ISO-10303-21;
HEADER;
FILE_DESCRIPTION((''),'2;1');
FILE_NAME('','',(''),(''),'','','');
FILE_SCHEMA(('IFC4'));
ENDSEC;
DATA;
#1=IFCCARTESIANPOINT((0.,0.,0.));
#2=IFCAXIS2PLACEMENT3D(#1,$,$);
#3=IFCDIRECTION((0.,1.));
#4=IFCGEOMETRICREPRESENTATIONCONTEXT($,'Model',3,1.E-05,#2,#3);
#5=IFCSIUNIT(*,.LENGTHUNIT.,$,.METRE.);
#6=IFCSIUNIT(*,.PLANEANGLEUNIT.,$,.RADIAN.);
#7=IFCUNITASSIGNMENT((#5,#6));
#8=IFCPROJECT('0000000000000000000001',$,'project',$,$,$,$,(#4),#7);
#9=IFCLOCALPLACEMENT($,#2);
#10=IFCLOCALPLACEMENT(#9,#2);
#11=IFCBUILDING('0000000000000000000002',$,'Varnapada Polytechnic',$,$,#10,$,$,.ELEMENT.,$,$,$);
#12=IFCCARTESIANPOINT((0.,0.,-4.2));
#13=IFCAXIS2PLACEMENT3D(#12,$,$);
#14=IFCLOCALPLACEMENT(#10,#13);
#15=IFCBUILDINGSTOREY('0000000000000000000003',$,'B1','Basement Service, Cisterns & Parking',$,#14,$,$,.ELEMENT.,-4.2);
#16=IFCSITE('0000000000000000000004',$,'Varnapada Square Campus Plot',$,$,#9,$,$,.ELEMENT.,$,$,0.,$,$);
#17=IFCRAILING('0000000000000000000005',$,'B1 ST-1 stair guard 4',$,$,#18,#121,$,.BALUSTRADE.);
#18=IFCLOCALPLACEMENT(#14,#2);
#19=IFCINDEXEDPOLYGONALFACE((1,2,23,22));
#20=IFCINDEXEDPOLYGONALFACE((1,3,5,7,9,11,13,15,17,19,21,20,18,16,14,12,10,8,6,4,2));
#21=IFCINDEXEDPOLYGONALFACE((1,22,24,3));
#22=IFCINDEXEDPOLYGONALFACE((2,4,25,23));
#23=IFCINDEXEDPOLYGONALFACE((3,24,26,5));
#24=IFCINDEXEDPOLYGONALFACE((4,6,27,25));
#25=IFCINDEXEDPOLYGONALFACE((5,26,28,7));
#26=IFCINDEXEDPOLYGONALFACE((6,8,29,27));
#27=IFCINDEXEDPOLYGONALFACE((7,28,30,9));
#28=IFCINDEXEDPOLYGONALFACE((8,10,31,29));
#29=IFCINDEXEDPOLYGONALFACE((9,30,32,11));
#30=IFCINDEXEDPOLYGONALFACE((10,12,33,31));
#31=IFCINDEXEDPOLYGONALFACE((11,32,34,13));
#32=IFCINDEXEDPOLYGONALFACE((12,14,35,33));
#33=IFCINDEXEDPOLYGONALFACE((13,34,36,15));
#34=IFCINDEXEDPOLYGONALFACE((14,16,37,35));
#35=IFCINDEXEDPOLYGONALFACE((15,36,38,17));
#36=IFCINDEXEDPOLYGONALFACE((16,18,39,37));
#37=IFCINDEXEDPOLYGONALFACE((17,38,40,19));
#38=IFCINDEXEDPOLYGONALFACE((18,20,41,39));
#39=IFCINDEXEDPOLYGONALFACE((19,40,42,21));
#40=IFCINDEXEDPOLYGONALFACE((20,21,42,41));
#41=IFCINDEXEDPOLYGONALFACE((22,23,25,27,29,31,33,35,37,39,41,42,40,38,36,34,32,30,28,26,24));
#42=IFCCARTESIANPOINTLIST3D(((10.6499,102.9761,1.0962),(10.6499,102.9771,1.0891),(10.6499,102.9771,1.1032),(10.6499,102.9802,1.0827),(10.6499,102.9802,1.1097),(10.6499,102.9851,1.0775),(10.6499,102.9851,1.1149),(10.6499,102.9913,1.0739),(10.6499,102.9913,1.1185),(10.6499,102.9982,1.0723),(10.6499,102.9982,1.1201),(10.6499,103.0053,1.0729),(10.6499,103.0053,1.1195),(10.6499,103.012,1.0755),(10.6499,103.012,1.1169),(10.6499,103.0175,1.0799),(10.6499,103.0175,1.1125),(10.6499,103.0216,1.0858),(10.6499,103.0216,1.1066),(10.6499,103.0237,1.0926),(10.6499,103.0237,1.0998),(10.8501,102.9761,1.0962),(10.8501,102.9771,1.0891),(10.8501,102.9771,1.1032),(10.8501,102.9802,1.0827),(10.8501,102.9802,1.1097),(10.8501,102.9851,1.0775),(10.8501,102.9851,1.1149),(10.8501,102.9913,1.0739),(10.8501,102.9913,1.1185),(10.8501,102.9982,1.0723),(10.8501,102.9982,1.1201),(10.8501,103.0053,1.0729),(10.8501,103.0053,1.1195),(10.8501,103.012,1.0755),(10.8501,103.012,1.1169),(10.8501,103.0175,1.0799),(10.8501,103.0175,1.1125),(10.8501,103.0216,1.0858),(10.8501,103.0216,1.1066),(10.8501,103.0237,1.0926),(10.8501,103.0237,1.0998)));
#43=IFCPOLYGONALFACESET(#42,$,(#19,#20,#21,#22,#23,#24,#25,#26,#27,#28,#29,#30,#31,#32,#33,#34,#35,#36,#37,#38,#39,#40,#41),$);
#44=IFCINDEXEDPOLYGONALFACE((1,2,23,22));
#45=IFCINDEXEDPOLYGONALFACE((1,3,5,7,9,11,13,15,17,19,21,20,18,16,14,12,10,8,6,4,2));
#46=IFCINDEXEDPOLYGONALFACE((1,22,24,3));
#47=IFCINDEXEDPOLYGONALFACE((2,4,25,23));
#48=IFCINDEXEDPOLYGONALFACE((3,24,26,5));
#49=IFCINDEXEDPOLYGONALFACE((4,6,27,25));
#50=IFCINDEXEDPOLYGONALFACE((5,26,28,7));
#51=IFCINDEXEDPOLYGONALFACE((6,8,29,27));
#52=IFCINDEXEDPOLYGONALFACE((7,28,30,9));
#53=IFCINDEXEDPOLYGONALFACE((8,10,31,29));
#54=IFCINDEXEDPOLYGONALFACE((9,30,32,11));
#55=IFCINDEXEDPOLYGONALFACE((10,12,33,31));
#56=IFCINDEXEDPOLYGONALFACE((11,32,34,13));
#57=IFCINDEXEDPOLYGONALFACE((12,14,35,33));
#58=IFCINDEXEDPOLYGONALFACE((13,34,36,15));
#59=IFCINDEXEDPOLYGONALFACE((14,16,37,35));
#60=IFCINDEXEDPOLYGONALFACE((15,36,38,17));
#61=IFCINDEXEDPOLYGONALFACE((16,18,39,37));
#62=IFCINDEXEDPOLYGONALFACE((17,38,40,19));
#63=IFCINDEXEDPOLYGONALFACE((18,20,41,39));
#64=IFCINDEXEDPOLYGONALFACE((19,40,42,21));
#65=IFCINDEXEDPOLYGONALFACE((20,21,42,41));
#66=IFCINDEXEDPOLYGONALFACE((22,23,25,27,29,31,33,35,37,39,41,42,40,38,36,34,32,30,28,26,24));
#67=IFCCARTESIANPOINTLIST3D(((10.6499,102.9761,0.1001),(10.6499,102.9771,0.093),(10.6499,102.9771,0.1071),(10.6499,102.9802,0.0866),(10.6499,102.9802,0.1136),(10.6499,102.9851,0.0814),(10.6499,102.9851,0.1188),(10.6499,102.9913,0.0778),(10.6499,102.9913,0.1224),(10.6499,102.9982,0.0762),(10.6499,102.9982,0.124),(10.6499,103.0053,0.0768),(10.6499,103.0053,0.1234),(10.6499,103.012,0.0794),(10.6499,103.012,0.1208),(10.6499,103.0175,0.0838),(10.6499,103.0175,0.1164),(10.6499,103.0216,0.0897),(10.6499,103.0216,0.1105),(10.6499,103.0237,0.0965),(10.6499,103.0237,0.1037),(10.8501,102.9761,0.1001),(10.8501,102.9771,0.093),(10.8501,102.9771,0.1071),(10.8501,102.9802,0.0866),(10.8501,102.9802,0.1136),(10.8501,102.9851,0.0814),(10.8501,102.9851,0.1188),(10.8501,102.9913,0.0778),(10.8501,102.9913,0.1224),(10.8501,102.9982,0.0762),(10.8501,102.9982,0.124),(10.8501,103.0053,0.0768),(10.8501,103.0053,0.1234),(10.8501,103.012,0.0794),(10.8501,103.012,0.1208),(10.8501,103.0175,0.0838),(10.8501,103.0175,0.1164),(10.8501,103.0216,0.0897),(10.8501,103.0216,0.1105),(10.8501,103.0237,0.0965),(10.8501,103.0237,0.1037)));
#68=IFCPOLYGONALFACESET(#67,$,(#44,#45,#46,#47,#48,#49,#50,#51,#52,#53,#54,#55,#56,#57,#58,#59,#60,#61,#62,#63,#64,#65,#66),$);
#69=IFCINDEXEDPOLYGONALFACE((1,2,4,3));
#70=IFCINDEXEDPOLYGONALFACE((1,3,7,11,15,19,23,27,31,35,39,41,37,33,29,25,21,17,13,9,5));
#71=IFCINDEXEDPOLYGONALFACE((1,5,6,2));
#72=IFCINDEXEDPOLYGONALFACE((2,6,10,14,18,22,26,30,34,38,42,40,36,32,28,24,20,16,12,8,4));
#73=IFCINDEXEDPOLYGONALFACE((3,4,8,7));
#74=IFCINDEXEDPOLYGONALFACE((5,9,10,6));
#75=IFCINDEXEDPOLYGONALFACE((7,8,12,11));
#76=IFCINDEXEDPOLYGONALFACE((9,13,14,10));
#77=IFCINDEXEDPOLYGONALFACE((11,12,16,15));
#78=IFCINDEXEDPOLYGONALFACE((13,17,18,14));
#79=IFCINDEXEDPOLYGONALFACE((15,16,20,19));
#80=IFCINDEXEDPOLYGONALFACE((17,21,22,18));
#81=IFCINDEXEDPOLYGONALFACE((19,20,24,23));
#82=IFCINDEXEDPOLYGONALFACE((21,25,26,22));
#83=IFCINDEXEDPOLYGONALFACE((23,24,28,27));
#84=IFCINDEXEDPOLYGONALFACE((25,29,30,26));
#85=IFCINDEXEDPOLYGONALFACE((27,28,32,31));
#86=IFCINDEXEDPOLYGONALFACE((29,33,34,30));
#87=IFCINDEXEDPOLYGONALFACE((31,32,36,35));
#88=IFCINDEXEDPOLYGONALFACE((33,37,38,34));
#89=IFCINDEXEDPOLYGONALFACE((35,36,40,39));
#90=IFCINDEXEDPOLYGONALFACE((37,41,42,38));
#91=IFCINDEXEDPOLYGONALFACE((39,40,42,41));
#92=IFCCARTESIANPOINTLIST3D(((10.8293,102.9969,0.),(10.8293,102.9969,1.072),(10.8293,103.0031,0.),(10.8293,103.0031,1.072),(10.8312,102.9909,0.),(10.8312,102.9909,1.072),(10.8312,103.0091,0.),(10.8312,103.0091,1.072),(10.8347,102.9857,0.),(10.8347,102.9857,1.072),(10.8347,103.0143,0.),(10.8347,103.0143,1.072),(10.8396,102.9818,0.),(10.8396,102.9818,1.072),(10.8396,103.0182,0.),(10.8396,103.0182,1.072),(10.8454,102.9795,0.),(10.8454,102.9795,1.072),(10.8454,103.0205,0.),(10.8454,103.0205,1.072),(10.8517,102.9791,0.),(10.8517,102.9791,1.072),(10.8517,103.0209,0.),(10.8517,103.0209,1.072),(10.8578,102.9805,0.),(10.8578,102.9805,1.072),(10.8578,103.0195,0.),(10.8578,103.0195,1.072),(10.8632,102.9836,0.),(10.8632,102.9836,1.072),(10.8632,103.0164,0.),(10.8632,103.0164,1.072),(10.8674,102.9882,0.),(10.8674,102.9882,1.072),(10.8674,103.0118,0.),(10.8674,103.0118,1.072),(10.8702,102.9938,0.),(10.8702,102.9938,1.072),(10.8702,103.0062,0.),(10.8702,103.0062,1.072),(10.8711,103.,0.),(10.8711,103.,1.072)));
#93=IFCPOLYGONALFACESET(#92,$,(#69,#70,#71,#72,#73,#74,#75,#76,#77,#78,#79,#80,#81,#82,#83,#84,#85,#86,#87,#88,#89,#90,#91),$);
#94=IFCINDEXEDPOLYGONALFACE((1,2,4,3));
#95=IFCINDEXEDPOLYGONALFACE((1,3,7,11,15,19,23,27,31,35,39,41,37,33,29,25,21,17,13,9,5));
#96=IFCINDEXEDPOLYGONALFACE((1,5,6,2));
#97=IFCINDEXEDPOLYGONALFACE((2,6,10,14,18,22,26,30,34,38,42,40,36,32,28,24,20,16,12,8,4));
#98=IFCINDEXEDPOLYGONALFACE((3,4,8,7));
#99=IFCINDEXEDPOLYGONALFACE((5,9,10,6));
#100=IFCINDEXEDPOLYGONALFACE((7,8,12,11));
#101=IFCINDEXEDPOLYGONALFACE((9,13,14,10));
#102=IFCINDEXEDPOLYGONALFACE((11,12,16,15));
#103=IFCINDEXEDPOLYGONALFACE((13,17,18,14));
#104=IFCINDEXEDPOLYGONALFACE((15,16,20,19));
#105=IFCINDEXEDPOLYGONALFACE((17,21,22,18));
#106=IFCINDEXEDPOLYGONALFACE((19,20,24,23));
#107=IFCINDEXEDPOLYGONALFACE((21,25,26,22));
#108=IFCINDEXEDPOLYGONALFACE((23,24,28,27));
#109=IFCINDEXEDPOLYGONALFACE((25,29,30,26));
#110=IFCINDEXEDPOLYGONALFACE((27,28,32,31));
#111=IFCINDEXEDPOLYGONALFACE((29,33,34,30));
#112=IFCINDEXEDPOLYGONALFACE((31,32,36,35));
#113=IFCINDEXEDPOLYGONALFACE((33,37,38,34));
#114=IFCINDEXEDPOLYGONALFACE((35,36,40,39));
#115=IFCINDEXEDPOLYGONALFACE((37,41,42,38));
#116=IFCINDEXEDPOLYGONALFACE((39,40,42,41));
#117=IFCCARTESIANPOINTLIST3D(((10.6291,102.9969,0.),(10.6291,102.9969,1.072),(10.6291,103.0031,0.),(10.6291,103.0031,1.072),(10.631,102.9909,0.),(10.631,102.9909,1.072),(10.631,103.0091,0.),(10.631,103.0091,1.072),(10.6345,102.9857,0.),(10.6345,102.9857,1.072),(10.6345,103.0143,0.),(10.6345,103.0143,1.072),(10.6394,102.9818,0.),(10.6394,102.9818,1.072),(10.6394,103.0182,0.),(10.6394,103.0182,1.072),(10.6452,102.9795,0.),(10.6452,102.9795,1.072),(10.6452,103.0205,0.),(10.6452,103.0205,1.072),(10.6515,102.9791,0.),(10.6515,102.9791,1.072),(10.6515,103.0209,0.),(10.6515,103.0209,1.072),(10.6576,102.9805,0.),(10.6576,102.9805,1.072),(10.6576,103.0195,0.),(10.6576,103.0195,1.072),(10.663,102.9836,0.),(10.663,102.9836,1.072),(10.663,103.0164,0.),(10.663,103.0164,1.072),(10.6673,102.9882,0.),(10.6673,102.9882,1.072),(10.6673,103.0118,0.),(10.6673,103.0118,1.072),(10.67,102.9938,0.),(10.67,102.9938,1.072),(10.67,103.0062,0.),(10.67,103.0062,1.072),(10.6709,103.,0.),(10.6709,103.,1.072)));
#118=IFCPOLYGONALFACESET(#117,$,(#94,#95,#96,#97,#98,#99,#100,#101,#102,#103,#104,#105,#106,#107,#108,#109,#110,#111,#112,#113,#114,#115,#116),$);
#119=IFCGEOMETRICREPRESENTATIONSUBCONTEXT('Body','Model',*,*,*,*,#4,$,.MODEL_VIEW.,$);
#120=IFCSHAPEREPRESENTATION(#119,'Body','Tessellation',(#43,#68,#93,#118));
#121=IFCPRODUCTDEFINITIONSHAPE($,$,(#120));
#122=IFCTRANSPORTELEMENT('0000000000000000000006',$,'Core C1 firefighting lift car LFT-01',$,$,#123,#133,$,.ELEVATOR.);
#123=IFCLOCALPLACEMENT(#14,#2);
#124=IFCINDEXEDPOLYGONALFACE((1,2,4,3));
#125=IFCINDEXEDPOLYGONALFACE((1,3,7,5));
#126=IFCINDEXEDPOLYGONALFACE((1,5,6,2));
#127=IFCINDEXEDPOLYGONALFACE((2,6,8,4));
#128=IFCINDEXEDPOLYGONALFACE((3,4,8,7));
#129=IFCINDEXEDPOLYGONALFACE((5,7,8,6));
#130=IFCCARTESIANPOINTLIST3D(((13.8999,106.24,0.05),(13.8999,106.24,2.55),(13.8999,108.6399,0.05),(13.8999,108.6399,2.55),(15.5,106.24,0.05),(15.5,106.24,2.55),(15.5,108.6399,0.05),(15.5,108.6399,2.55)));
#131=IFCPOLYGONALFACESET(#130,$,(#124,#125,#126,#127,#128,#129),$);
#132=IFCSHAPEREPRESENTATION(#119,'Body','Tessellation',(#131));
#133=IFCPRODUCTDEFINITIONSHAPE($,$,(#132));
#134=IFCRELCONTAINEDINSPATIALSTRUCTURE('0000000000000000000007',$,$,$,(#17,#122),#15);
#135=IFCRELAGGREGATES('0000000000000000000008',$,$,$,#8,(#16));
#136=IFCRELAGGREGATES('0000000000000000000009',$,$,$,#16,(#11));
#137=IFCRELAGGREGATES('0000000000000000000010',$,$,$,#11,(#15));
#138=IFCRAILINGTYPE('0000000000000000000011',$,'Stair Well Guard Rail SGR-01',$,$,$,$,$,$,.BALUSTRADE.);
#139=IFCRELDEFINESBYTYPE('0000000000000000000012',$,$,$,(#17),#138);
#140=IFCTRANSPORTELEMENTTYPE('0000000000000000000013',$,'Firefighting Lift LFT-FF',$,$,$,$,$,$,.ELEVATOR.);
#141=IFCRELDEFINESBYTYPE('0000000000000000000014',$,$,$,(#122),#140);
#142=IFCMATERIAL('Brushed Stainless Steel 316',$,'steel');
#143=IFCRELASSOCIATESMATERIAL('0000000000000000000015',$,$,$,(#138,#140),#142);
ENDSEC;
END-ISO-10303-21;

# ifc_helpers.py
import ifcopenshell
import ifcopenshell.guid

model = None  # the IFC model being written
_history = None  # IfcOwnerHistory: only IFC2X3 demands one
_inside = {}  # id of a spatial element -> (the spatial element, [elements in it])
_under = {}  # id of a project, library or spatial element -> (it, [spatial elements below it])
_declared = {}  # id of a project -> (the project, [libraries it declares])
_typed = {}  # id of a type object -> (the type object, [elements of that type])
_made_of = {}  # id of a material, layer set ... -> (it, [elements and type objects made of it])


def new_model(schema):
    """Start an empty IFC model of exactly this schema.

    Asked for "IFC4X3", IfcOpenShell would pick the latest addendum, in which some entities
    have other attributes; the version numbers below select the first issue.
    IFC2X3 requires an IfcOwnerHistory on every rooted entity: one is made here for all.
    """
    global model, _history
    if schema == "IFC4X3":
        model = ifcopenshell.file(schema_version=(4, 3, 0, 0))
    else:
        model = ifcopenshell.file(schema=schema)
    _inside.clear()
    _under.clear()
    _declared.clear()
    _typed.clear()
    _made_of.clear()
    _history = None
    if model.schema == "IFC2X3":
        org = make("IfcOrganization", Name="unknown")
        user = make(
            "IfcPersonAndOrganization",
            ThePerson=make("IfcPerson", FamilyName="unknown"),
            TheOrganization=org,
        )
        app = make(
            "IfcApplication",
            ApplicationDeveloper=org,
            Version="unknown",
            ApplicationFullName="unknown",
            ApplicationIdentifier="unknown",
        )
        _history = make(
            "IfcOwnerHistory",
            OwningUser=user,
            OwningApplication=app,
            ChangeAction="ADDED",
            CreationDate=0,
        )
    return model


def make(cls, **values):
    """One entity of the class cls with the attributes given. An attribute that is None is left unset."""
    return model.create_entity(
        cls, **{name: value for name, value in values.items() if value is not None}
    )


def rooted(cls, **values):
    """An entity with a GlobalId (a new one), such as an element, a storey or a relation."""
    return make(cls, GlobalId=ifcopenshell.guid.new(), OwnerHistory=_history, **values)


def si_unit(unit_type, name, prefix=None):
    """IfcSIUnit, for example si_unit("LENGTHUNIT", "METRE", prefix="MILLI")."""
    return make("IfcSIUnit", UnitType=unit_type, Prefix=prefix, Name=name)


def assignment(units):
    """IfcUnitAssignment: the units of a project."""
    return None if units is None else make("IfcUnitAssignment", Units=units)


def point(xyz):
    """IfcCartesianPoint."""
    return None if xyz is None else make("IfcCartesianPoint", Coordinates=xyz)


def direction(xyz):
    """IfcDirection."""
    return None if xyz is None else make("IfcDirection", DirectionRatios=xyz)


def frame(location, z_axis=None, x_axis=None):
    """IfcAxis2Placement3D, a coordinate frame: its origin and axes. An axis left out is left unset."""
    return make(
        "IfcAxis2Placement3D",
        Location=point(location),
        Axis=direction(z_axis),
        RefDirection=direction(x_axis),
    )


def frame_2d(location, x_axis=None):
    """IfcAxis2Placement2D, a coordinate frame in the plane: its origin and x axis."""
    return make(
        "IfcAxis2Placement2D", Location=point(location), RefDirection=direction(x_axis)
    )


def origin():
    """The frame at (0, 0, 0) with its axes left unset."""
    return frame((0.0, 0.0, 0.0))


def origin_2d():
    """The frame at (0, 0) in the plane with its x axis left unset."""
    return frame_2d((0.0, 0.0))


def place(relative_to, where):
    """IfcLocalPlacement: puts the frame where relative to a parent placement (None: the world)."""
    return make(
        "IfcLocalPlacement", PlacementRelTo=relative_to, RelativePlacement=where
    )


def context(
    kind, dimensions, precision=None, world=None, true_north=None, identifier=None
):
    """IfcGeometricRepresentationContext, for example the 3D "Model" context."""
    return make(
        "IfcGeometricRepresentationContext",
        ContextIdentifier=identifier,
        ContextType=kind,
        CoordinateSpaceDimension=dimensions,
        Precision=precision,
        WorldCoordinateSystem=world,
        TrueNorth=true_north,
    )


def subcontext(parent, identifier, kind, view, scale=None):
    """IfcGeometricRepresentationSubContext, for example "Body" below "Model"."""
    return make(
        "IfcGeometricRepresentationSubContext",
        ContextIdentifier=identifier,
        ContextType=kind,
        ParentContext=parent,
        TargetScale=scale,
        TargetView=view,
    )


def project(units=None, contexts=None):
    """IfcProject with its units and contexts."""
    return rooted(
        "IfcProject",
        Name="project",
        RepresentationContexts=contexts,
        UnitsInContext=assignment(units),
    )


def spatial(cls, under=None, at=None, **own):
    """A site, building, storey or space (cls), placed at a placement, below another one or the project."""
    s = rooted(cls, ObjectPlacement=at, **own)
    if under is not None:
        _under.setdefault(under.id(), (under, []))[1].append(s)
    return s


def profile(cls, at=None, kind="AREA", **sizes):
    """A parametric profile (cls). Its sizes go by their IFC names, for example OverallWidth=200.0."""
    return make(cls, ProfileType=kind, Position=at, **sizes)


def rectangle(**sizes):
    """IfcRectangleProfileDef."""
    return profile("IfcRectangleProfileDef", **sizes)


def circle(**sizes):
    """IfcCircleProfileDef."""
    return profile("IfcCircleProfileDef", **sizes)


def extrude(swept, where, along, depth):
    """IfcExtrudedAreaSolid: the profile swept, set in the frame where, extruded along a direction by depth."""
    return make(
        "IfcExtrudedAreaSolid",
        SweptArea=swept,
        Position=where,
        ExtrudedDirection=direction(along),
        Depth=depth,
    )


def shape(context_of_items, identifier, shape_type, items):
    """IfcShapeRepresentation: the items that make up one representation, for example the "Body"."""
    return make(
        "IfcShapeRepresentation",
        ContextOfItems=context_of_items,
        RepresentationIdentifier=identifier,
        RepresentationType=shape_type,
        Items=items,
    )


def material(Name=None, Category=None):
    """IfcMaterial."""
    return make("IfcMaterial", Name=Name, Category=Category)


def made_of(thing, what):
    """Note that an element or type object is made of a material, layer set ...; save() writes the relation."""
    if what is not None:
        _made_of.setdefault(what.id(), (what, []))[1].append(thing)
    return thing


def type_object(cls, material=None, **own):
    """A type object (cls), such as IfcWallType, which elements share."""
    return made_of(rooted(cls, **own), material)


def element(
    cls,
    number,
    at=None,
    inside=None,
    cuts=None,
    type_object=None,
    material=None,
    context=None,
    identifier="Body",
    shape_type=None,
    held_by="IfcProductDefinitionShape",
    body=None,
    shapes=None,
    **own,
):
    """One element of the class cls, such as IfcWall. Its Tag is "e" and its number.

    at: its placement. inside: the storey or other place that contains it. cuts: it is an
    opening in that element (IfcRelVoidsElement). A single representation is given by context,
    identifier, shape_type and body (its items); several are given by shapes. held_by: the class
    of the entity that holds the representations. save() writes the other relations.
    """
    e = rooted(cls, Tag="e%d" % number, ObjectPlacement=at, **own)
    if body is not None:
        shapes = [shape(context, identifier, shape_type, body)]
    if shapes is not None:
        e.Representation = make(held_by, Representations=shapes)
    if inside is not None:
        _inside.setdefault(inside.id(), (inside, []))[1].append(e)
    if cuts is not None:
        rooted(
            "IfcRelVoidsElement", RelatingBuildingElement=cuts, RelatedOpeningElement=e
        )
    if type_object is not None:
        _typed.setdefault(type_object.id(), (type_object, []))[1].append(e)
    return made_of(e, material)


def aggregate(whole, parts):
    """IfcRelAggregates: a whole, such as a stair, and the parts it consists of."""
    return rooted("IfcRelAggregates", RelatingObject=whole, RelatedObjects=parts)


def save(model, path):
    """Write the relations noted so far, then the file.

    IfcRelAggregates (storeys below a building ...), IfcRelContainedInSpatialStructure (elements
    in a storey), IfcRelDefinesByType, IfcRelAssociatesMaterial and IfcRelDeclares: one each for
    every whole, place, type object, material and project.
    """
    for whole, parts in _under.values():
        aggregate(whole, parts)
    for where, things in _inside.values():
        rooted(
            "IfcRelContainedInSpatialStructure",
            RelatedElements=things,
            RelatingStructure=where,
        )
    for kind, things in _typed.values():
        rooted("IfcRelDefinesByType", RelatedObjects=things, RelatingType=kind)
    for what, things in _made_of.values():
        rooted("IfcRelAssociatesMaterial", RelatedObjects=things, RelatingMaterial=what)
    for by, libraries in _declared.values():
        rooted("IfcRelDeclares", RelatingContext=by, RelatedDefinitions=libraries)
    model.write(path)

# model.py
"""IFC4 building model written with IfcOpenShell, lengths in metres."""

from ifc_helpers import new_model, si_unit, direction, frame, origin, origin_2d, place, context, subcontext, project, spatial, rectangle, circle, extrude, material, type_object, element, save


model = new_model("IFC4")

# Units and contexts
model_context = context("Model", 3, precision=1e-05, world=origin(), true_north=direction((0.0, 1.0)))
body_context = subcontext(model_context, "Body", "Model", "MODEL_VIEW")
ifc_project = project(units=[si_unit("LENGTHUNIT", "METRE"), si_unit("PLANEANGLEUNIT", "RADIAN")], contexts=[model_context])

# Site, building, storey
site_placement = place(None, origin())
site = spatial("IfcSite", under=ifc_project, at=site_placement, Name="Varnapada Square Campus Plot", CompositionType="ELEMENT", RefElevation=0.0)
building_placement = place(site_placement, origin())
building = spatial("IfcBuilding", under=site, at=building_placement, Name="Varnapada Polytechnic", CompositionType="ELEMENT")
storey_placement = place(building_placement, frame((0.0, 0.0, -4.2)))
storey = spatial("IfcBuildingStorey", under=building, at=storey_placement, Name="B1", Description="Basement Service, Cisterns & Parking", CompositionType="ELEMENT", Elevation=-4.2)

# Shared definitions
ifc_material_1 = material(Name="Brushed Stainless Steel 316", Category="steel")

# Railing
railing_type_1 = type_object("IfcRailingType", Name="Stair Well Guard Rail SGR-01", PredefinedType="BALUSTRADE", material=ifc_material_1)
railing_1_placement = place(storey_placement, frame((10.8501, 103.0, 0.0)))
element("IfcRailing", 1, at=railing_1_placement, inside=storey, type_object=railing_type_1, Name="B1 ST-1 stair guard 4", PredefinedType="BALUSTRADE", context=body_context, shape_type="SweptSolid", body=[
    extrude(circle(Radius=0.0239, at=origin_2d()), frame((0.0, 0.0, 1.0962), z_axis=(-1.0, 0.0, 0.0), x_axis=(0.0, -1.0, 0.0)), (0.0, 0.0, 1.0), 0.2002),
    extrude(circle(Radius=0.0239, at=origin_2d()), frame((0.0, 0.0, 0.1001), z_axis=(-1.0, 0.0, 0.0), x_axis=(0.0, -1.0, 0.0)), (0.0, 0.0, 1.0), 0.2002),
    extrude(circle(Radius=0.021, at=origin_2d()), origin(), (0.0, 0.0, 1.0), 1.072),
    extrude(circle(Radius=0.021, at=origin_2d()), frame((-0.2002, 0.0, 0.0)), (0.0, 0.0, 1.0), 1.072),
])

# Transport element
transport_element_type = type_object("IfcTransportElementType", Name="Firefighting Lift LFT-FF", PredefinedType="ELEVATOR", material=ifc_material_1)
transport_element_placement = place(storey_placement, frame((14.7, 107.4399, 0.05), z_axis=(0.0, 0.0, 1.0), x_axis=(1.0, 0.0, 0.0)))
element("IfcTransportElement", 2, at=transport_element_placement, inside=storey, type_object=transport_element_type, Name="Core C1 firefighting lift car LFT-01", PredefinedType="ELEVATOR", context=body_context, shape_type="SweptSolid", body=[
    extrude(rectangle(XDim=1.6001, YDim=2.3999, at=origin_2d()), origin(), (0.0, 0.0, 1.0), 2.5),
])

save(model, "model.ifc")
